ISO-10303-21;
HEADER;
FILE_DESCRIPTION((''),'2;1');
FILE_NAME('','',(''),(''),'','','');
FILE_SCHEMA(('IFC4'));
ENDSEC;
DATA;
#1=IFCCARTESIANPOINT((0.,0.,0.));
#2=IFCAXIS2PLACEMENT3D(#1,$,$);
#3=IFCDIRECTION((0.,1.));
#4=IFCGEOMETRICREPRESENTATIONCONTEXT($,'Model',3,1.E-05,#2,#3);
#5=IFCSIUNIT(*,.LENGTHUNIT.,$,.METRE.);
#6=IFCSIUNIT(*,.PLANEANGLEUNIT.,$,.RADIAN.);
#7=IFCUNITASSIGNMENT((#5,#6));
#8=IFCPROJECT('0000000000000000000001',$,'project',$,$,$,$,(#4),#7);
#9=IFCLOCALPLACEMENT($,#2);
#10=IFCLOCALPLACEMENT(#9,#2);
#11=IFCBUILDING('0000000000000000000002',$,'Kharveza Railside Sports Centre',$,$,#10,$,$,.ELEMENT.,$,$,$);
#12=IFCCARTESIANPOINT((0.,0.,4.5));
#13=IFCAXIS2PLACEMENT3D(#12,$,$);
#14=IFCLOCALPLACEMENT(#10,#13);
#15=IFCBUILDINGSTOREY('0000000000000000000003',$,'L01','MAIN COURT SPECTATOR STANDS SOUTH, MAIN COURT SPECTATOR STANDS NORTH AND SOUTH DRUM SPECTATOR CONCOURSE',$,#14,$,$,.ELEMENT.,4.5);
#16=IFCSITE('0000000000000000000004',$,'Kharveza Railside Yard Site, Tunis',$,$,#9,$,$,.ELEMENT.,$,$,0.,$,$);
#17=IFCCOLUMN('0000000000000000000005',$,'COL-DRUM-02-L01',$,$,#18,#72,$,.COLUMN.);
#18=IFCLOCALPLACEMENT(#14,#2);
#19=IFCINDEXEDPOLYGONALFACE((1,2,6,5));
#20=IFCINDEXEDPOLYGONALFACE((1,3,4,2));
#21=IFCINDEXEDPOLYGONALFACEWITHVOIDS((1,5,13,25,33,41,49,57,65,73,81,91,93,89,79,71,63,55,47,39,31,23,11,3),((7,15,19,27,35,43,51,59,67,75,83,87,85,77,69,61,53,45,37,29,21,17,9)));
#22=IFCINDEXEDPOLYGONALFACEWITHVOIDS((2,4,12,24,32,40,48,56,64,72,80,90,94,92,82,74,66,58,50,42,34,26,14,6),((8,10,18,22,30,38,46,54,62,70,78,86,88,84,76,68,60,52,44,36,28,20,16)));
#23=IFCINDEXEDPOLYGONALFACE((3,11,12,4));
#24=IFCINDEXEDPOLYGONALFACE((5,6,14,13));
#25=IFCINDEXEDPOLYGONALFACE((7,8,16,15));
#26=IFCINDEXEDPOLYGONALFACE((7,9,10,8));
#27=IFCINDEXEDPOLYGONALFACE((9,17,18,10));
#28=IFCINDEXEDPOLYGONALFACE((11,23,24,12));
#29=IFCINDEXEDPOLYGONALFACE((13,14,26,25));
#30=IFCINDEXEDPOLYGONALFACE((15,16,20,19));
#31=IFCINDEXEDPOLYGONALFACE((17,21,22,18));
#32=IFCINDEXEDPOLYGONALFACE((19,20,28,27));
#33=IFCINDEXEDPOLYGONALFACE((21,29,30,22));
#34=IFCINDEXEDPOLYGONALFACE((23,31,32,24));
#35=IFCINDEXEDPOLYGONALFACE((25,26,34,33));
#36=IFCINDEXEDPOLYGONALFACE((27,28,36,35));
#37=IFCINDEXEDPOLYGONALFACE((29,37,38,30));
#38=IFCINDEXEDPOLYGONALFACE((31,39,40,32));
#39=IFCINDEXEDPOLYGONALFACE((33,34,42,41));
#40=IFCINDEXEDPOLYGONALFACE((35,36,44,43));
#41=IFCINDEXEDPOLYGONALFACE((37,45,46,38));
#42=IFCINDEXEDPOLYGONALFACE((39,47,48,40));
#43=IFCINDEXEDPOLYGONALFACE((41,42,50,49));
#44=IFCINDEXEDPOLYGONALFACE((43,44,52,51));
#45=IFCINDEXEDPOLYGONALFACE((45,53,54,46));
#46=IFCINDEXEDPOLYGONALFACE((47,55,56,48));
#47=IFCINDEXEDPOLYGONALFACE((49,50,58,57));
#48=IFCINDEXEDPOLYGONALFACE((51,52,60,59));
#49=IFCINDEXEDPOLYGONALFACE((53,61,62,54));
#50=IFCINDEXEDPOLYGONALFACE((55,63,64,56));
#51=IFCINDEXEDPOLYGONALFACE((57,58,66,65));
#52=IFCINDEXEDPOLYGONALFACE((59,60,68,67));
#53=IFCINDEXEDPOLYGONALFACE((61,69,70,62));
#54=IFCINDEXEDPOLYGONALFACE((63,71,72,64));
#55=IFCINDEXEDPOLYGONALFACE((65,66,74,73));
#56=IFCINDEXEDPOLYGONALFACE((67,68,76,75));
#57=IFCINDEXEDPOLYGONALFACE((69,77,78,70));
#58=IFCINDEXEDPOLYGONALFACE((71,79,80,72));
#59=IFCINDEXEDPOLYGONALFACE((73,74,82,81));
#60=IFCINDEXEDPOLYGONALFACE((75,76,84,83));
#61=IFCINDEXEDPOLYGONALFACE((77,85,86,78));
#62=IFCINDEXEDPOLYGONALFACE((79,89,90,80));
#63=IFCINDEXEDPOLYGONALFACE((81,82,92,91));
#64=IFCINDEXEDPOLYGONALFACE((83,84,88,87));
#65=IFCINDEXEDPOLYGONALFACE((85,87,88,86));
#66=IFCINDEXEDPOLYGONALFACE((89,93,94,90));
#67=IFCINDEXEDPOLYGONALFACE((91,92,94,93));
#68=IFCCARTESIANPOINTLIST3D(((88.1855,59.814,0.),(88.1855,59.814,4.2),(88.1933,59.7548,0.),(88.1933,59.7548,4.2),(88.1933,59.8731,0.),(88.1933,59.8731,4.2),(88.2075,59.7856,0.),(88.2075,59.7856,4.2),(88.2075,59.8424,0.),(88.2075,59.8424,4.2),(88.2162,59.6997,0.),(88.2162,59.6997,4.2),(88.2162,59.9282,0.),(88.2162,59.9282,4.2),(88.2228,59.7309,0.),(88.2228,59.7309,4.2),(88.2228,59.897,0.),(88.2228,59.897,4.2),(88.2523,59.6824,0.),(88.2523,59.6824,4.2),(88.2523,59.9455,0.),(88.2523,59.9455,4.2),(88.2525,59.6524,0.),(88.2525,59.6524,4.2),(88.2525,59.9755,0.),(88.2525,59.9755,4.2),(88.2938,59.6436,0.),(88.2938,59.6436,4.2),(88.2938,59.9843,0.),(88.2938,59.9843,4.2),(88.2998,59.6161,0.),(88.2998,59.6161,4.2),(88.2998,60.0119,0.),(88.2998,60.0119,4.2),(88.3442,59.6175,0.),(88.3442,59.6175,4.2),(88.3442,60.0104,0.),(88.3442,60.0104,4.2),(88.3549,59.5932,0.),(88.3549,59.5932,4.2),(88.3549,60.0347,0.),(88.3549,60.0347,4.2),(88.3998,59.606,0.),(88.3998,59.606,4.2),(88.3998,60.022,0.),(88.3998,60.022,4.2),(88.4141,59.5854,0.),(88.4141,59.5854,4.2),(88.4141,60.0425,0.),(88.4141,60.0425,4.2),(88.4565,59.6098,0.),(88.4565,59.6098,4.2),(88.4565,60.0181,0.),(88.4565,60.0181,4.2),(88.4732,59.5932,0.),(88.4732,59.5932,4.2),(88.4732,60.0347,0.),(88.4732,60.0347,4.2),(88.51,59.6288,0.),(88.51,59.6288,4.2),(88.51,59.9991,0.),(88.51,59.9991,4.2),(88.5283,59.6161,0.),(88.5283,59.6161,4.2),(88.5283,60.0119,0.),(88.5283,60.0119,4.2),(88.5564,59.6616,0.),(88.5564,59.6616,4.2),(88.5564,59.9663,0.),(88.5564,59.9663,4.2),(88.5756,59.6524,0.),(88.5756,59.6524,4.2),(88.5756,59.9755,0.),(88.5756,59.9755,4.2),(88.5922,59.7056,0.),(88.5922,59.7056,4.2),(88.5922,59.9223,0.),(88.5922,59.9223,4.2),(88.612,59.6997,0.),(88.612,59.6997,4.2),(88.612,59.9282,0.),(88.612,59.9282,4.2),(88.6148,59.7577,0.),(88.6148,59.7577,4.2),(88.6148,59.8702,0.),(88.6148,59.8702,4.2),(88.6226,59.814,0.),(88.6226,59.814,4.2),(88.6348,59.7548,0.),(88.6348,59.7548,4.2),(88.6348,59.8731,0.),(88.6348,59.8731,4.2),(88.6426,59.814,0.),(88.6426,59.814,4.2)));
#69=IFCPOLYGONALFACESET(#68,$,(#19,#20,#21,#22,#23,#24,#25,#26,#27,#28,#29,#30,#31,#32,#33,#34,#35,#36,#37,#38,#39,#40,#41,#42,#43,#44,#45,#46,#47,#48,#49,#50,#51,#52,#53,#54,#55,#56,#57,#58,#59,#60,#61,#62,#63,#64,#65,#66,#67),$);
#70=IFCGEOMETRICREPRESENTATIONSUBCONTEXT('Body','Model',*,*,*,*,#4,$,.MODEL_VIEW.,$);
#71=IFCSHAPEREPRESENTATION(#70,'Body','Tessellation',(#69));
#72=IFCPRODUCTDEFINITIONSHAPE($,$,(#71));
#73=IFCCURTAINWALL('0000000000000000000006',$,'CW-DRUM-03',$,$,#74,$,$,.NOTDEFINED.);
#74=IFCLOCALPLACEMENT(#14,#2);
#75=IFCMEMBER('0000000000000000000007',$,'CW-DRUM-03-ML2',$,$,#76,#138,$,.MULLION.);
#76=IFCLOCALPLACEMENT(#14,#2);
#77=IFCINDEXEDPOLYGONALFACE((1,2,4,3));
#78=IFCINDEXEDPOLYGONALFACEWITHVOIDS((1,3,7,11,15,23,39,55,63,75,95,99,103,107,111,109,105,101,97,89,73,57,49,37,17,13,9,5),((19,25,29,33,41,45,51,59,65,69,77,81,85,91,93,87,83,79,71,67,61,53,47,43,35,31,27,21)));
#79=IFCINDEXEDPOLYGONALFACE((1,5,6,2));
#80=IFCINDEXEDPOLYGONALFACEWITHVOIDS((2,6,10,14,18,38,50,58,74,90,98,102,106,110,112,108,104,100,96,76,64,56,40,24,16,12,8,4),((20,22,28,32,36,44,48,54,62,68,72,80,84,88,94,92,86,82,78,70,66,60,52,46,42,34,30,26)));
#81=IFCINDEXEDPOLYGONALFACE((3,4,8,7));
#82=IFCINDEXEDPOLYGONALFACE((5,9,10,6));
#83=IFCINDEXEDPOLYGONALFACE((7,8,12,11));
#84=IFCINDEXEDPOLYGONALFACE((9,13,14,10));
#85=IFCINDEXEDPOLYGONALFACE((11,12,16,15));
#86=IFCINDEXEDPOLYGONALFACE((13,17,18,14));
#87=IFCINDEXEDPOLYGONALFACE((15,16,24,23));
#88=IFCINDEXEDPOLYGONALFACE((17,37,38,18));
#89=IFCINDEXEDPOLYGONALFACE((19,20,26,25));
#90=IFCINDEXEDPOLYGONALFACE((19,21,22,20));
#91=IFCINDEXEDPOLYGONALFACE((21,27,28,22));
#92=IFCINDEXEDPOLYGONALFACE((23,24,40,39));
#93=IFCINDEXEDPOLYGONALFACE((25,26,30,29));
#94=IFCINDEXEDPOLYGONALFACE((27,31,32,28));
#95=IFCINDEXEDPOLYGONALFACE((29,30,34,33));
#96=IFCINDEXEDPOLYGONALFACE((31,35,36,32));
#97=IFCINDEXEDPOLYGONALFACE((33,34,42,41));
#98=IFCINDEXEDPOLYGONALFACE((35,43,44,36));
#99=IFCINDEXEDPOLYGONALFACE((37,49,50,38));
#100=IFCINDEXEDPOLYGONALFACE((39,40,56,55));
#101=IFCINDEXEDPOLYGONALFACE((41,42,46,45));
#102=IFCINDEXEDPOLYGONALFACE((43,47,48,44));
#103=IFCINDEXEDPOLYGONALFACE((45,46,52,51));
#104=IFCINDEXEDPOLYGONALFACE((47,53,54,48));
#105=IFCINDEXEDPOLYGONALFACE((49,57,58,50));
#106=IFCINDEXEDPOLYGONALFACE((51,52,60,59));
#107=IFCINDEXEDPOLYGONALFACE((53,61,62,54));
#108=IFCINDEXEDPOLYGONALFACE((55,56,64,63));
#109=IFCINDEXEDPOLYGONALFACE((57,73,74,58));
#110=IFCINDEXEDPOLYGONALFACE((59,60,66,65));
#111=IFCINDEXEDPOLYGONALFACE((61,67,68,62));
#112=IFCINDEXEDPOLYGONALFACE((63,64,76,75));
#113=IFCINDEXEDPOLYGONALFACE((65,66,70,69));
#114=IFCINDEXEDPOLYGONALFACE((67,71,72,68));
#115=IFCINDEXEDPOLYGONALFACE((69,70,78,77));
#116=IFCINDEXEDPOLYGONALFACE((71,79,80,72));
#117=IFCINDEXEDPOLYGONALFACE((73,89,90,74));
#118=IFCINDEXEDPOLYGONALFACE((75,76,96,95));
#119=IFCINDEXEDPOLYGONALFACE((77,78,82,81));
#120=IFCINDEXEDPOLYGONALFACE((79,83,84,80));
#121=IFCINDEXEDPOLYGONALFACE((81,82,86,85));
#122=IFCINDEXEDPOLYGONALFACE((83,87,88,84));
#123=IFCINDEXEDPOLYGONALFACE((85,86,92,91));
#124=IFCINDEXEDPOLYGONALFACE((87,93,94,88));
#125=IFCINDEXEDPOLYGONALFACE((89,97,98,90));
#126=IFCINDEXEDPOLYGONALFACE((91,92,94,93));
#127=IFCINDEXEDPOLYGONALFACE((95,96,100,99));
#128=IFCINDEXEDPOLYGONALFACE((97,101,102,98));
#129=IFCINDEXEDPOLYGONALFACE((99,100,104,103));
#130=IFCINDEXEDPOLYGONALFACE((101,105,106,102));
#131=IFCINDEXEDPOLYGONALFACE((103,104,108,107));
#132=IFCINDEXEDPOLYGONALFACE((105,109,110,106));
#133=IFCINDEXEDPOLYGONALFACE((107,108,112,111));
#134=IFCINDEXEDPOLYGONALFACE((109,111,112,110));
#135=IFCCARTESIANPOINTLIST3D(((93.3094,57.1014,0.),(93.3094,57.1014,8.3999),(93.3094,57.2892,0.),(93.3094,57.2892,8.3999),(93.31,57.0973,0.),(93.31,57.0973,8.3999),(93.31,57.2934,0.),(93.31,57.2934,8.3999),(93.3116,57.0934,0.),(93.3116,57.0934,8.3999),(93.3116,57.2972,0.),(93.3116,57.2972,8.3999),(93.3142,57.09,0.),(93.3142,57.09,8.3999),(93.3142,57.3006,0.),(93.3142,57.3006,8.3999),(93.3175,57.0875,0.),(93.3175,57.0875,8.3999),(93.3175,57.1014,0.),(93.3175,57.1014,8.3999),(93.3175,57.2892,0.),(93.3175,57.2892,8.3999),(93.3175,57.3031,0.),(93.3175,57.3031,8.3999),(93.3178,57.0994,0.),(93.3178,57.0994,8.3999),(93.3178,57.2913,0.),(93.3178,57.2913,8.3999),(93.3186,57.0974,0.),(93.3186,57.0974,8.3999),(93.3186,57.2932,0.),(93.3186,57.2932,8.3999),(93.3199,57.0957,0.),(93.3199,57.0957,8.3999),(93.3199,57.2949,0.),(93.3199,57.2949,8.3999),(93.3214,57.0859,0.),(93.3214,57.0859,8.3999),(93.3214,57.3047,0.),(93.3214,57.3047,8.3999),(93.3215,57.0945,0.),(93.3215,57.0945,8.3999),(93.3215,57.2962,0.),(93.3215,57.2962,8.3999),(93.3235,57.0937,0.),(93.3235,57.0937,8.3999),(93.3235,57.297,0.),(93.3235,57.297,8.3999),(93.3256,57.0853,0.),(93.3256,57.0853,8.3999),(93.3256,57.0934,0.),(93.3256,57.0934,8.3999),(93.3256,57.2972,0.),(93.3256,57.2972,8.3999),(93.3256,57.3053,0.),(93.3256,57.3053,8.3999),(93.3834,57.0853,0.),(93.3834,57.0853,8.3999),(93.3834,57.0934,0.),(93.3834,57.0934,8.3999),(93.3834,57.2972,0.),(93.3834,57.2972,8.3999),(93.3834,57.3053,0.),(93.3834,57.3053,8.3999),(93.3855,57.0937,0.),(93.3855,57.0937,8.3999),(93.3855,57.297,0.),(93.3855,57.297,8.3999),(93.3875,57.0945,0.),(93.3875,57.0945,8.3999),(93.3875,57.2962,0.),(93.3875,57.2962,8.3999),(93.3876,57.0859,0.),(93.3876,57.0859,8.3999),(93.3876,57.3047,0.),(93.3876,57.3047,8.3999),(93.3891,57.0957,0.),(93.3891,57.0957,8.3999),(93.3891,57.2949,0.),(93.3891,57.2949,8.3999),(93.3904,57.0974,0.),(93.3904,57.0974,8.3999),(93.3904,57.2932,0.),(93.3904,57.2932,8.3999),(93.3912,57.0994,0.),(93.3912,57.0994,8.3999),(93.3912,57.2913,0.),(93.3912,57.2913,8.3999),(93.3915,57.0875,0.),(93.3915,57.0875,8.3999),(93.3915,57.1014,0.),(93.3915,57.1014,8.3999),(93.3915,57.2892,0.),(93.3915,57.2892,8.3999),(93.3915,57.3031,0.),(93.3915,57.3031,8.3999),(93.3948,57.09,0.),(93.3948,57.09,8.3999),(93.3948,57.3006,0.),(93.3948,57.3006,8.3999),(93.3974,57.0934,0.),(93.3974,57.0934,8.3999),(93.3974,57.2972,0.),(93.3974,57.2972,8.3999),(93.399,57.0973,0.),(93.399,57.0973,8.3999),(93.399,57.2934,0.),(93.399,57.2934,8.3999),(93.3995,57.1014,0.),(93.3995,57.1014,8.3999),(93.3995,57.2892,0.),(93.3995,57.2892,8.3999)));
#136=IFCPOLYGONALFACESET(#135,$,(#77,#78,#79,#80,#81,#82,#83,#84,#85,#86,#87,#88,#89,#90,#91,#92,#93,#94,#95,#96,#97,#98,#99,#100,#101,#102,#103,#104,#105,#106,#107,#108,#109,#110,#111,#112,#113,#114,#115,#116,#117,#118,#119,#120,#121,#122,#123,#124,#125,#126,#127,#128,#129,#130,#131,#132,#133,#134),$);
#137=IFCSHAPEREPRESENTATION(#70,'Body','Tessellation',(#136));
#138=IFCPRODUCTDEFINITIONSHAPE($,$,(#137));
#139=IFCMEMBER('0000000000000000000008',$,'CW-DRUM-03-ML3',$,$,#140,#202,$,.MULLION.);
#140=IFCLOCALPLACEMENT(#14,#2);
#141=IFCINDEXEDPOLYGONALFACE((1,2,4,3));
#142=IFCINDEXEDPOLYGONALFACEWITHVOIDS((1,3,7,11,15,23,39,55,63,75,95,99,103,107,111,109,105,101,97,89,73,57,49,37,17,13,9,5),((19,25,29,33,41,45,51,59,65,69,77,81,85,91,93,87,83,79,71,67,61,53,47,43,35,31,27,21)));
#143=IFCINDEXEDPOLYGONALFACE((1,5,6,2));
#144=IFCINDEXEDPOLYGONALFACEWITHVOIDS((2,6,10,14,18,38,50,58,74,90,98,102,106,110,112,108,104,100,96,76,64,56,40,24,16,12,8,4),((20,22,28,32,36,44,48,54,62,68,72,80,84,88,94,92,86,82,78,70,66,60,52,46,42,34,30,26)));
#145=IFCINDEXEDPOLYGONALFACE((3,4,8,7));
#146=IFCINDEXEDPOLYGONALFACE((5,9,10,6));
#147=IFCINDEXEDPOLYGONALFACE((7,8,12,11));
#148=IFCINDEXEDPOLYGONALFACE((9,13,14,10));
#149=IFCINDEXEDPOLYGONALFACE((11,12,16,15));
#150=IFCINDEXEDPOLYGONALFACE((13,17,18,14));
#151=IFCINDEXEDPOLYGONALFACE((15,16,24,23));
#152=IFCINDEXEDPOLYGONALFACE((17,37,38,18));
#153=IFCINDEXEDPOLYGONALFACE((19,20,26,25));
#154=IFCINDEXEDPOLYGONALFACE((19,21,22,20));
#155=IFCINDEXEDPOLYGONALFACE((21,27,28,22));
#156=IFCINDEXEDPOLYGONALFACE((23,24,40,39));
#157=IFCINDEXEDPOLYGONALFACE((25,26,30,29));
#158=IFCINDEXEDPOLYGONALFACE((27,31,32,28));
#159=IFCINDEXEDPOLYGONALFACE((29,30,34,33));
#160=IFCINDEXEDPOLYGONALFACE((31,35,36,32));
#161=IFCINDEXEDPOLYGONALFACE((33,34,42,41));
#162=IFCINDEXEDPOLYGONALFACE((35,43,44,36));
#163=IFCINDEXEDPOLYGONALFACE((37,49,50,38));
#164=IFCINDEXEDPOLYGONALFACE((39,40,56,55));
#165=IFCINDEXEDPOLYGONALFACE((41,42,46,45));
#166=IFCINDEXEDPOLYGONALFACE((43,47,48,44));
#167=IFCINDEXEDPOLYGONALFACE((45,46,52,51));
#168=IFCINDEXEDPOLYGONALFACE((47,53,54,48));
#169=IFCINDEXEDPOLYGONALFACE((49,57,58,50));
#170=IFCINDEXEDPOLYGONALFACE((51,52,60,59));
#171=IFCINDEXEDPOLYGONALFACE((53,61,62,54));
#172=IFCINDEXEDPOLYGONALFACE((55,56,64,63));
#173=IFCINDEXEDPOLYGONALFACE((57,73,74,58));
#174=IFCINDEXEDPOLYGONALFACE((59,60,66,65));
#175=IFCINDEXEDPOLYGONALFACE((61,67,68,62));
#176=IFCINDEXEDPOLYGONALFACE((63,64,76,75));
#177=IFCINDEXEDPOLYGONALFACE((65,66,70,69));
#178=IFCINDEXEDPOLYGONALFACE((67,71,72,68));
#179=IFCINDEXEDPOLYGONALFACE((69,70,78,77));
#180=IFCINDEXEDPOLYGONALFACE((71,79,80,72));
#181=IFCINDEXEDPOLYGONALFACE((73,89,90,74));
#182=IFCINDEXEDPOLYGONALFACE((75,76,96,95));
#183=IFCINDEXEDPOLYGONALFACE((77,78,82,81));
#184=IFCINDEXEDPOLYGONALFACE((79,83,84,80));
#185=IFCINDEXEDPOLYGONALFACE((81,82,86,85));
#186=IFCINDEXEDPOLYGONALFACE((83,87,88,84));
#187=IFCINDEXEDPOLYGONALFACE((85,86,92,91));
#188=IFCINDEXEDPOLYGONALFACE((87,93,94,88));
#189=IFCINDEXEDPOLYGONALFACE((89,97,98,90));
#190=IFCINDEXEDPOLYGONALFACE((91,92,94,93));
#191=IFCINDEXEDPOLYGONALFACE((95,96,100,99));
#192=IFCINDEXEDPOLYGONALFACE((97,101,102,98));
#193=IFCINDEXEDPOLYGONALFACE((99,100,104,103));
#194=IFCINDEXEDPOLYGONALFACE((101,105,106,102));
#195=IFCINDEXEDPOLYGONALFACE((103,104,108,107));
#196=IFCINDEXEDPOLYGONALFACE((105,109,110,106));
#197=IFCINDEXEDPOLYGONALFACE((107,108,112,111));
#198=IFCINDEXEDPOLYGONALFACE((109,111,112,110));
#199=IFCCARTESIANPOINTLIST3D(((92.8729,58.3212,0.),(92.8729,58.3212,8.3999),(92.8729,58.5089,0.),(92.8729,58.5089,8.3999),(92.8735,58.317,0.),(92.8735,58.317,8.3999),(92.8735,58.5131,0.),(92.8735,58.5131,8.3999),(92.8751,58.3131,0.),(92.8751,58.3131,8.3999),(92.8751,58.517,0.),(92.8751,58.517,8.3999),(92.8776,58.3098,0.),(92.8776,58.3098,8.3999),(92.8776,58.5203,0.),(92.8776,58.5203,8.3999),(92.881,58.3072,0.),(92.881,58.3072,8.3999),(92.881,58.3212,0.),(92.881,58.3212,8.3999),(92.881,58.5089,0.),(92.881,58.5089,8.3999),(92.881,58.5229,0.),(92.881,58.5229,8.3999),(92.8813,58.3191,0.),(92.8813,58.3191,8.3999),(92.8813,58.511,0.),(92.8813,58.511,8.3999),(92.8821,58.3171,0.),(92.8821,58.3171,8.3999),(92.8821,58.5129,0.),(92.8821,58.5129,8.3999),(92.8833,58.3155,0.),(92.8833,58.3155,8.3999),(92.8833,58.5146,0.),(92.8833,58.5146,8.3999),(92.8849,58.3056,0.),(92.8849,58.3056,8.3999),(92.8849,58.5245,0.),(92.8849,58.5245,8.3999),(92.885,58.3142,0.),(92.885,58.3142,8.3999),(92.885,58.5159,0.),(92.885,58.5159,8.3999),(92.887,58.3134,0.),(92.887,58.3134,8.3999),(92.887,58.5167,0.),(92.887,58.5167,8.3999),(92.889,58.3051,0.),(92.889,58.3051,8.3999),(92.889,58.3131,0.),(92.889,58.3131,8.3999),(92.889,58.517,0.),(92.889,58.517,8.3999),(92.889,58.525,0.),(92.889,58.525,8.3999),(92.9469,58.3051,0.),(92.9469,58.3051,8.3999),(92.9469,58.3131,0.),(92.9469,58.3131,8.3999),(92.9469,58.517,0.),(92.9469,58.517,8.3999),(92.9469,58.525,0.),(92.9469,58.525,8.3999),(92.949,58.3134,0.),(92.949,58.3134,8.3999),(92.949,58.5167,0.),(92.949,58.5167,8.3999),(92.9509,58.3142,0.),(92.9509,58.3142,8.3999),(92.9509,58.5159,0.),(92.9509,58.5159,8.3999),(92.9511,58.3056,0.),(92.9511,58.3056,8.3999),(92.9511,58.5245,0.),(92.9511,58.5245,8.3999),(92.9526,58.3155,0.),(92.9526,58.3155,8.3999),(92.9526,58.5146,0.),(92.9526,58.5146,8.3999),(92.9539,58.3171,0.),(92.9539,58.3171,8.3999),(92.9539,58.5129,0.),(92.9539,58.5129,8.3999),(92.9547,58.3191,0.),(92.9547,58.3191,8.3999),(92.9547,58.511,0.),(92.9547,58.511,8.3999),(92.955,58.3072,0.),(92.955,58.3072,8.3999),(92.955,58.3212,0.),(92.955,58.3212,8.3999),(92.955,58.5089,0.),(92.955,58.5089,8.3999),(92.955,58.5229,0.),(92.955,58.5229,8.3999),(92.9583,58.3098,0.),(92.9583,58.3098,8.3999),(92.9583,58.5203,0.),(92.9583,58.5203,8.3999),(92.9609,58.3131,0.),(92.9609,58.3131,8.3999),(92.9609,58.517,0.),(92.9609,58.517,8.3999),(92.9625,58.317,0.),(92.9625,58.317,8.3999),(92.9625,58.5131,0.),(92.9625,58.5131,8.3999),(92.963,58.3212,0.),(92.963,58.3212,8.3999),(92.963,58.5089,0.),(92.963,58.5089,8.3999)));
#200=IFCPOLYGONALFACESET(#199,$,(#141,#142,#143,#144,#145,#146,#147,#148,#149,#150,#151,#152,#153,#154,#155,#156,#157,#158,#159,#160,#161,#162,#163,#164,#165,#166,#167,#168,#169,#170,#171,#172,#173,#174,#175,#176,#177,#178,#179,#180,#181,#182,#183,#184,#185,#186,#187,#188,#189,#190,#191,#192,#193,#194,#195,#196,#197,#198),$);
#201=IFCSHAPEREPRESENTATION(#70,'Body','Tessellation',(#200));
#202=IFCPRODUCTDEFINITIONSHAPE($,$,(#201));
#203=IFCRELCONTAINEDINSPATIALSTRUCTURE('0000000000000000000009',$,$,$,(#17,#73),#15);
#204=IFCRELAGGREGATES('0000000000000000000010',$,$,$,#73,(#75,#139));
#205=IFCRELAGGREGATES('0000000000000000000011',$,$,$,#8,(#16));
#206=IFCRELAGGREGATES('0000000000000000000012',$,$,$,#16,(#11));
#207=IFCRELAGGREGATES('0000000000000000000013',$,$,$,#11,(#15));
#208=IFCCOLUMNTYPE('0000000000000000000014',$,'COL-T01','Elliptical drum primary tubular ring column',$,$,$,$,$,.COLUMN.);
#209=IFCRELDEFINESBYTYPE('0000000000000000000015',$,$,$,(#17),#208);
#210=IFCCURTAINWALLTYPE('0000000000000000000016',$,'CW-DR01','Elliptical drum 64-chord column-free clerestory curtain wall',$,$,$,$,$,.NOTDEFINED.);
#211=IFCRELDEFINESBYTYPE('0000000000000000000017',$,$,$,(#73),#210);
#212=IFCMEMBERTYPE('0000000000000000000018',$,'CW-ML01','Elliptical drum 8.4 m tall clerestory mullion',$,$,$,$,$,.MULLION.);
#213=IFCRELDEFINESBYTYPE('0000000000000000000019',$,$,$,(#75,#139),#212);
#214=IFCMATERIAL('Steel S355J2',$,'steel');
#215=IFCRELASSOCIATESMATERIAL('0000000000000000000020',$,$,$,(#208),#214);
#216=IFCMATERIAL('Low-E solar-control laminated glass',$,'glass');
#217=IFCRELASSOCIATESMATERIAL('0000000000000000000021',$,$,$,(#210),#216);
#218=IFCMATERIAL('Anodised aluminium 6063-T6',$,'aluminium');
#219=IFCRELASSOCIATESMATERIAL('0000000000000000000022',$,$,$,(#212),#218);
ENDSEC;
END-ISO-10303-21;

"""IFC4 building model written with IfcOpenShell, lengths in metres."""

from ifc_helpers import new_model, si_unit, direction, frame, origin, origin_2d, place, context, subcontext, project, spatial, hollow_rectangle, hollow_circle, extrude, material, material_profile, profile_set, type_object, element, aggregate, save


model = new_model("IFC4")

# Units and contexts
model_context = context("Model", 3, precision=1e-05, world=origin(), true_north=direction((0.0, 1.0)))
body_context = subcontext(model_context, "Body", "Model", "MODEL_VIEW")
ifc_project = project(units=[si_unit("LENGTHUNIT", "METRE"), si_unit("PLANEANGLEUNIT", "RADIAN")], contexts=[model_context])

# Site, building, storey
site_placement = place(None, origin())
site = spatial("IfcSite", under=ifc_project, at=site_placement, Name="Kharveza Railside Yard Site, Tunis", CompositionType="ELEMENT", RefElevation=0.0)
building_placement = place(site_placement, origin())
building = spatial("IfcBuilding", under=site, at=building_placement, Name="Kharveza Railside Sports Centre", CompositionType="ELEMENT")
storey_placement = place(building_placement, frame((0.0, 0.0, 4.5)))
storey = spatial("IfcBuildingStorey", under=building, at=storey_placement, Name="L01", Description="MAIN COURT SPECTATOR STANDS SOUTH, MAIN COURT SPECTATOR STANDS NORTH AND SOUTH DRUM SPECTATOR CONCOURSE", CompositionType="ELEMENT", Elevation=4.5)

# Column
ifc_material_1 = material(Name="Steel S355J2", Category="steel")
ifc_material_profile_1 = material_profile(ifc_material_1, hollow_circle(Radius=0.2285, WallThickness=0.02, at=origin_2d()), Name="CHS 457.0x20.0")
ifc_profile_set_1 = profile_set([ifc_material_profile_1], Name="Steel S355J2")
column_type = type_object("IfcColumnType", Name="COL-T01", Description="Elliptical drum primary tubular ring column", PredefinedType="COLUMN", material=ifc_profile_set_1)
column_placement = place(storey_placement, frame((88.4141, 59.814, 0.0), z_axis=(0.0, 0.0, 1.0), x_axis=(1.0, 0.0, 0.0)))
element("IfcColumn", 1, at=column_placement, inside=storey, type_object=column_type, Name="COL-DRUM-02-L01", PredefinedType="COLUMN", context=body_context, shape_type="SweptSolid", body=[
    extrude(hollow_circle(Radius=0.2285, WallThickness=0.02, at=origin_2d()), origin(), (0.0, 0.0, 1.0), 4.2),
])

# Curtain wall, members
ifc_material_2 = material(Name="Low-E solar-control laminated glass", Category="glass")
curtain_wall_type = type_object("IfcCurtainWallType", Name="CW-DR01", Description="Elliptical drum 64-chord column-free clerestory curtain wall", PredefinedType="NOTDEFINED", material=ifc_material_2)
curtain_wall_1_placement = place(storey_placement, origin())
curtain_wall_1 = element("IfcCurtainWall", 2, at=curtain_wall_1_placement, inside=storey, type_object=curtain_wall_type, Name="CW-DRUM-03", PredefinedType="NOTDEFINED")
ifc_material_3 = material(Name="Anodised aluminium 6063-T6", Category="aluminium")
ifc_material_profile_2 = material_profile(ifc_material_3, hollow_rectangle(XDim=0.0901, YDim=0.22, WallThickness=0.0081, InnerFilletRadius=0.0081, OuterFilletRadius=0.0161, at=origin_2d()), Name="RHS 90x220x8.0")
ifc_profile_set_2 = profile_set([ifc_material_profile_2], Name="Anodised aluminium 6063-T6")
member_type_1 = type_object("IfcMemberType", Name="CW-ML01", Description="Elliptical drum 8.4 m tall clerestory mullion", PredefinedType="MULLION", material=ifc_profile_set_2)
member_1_placement = place(storey_placement, frame((93.3545, 57.1953, 0.0), z_axis=(0.0, 0.0, 1.0), x_axis=(1.0, 0.0, 0.0)))
member_1 = element("IfcMember", 3, at=member_1_placement, type_object=member_type_1, Name="CW-DRUM-03-ML2", PredefinedType="MULLION", context=body_context, shape_type="SweptSolid", body=[
    extrude(hollow_rectangle(XDim=0.0901, YDim=0.22, WallThickness=0.0081, InnerFilletRadius=0.0081, OuterFilletRadius=0.0161, at=origin_2d()), origin(), (0.0, 0.0, 1.0), 8.3999),
])
member_2_placement = place(storey_placement, frame((92.918, 58.415, 0.0), z_axis=(0.0, 0.0, 1.0), x_axis=(1.0, 0.0, 0.0)))
member_2 = element("IfcMember", 4, at=member_2_placement, type_object=member_type_1, Name="CW-DRUM-03-ML3", PredefinedType="MULLION", context=body_context, shape_type="SweptSolid", body=[
    extrude(hollow_rectangle(XDim=0.0901, YDim=0.22, WallThickness=0.0081, InnerFilletRadius=0.0081, OuterFilletRadius=0.0161, at=origin_2d()), origin(), (0.0, 0.0, 1.0), 8.3999),
])

aggregate(curtain_wall_1, [member_1, member_2])

save(model, "model.ifc")
